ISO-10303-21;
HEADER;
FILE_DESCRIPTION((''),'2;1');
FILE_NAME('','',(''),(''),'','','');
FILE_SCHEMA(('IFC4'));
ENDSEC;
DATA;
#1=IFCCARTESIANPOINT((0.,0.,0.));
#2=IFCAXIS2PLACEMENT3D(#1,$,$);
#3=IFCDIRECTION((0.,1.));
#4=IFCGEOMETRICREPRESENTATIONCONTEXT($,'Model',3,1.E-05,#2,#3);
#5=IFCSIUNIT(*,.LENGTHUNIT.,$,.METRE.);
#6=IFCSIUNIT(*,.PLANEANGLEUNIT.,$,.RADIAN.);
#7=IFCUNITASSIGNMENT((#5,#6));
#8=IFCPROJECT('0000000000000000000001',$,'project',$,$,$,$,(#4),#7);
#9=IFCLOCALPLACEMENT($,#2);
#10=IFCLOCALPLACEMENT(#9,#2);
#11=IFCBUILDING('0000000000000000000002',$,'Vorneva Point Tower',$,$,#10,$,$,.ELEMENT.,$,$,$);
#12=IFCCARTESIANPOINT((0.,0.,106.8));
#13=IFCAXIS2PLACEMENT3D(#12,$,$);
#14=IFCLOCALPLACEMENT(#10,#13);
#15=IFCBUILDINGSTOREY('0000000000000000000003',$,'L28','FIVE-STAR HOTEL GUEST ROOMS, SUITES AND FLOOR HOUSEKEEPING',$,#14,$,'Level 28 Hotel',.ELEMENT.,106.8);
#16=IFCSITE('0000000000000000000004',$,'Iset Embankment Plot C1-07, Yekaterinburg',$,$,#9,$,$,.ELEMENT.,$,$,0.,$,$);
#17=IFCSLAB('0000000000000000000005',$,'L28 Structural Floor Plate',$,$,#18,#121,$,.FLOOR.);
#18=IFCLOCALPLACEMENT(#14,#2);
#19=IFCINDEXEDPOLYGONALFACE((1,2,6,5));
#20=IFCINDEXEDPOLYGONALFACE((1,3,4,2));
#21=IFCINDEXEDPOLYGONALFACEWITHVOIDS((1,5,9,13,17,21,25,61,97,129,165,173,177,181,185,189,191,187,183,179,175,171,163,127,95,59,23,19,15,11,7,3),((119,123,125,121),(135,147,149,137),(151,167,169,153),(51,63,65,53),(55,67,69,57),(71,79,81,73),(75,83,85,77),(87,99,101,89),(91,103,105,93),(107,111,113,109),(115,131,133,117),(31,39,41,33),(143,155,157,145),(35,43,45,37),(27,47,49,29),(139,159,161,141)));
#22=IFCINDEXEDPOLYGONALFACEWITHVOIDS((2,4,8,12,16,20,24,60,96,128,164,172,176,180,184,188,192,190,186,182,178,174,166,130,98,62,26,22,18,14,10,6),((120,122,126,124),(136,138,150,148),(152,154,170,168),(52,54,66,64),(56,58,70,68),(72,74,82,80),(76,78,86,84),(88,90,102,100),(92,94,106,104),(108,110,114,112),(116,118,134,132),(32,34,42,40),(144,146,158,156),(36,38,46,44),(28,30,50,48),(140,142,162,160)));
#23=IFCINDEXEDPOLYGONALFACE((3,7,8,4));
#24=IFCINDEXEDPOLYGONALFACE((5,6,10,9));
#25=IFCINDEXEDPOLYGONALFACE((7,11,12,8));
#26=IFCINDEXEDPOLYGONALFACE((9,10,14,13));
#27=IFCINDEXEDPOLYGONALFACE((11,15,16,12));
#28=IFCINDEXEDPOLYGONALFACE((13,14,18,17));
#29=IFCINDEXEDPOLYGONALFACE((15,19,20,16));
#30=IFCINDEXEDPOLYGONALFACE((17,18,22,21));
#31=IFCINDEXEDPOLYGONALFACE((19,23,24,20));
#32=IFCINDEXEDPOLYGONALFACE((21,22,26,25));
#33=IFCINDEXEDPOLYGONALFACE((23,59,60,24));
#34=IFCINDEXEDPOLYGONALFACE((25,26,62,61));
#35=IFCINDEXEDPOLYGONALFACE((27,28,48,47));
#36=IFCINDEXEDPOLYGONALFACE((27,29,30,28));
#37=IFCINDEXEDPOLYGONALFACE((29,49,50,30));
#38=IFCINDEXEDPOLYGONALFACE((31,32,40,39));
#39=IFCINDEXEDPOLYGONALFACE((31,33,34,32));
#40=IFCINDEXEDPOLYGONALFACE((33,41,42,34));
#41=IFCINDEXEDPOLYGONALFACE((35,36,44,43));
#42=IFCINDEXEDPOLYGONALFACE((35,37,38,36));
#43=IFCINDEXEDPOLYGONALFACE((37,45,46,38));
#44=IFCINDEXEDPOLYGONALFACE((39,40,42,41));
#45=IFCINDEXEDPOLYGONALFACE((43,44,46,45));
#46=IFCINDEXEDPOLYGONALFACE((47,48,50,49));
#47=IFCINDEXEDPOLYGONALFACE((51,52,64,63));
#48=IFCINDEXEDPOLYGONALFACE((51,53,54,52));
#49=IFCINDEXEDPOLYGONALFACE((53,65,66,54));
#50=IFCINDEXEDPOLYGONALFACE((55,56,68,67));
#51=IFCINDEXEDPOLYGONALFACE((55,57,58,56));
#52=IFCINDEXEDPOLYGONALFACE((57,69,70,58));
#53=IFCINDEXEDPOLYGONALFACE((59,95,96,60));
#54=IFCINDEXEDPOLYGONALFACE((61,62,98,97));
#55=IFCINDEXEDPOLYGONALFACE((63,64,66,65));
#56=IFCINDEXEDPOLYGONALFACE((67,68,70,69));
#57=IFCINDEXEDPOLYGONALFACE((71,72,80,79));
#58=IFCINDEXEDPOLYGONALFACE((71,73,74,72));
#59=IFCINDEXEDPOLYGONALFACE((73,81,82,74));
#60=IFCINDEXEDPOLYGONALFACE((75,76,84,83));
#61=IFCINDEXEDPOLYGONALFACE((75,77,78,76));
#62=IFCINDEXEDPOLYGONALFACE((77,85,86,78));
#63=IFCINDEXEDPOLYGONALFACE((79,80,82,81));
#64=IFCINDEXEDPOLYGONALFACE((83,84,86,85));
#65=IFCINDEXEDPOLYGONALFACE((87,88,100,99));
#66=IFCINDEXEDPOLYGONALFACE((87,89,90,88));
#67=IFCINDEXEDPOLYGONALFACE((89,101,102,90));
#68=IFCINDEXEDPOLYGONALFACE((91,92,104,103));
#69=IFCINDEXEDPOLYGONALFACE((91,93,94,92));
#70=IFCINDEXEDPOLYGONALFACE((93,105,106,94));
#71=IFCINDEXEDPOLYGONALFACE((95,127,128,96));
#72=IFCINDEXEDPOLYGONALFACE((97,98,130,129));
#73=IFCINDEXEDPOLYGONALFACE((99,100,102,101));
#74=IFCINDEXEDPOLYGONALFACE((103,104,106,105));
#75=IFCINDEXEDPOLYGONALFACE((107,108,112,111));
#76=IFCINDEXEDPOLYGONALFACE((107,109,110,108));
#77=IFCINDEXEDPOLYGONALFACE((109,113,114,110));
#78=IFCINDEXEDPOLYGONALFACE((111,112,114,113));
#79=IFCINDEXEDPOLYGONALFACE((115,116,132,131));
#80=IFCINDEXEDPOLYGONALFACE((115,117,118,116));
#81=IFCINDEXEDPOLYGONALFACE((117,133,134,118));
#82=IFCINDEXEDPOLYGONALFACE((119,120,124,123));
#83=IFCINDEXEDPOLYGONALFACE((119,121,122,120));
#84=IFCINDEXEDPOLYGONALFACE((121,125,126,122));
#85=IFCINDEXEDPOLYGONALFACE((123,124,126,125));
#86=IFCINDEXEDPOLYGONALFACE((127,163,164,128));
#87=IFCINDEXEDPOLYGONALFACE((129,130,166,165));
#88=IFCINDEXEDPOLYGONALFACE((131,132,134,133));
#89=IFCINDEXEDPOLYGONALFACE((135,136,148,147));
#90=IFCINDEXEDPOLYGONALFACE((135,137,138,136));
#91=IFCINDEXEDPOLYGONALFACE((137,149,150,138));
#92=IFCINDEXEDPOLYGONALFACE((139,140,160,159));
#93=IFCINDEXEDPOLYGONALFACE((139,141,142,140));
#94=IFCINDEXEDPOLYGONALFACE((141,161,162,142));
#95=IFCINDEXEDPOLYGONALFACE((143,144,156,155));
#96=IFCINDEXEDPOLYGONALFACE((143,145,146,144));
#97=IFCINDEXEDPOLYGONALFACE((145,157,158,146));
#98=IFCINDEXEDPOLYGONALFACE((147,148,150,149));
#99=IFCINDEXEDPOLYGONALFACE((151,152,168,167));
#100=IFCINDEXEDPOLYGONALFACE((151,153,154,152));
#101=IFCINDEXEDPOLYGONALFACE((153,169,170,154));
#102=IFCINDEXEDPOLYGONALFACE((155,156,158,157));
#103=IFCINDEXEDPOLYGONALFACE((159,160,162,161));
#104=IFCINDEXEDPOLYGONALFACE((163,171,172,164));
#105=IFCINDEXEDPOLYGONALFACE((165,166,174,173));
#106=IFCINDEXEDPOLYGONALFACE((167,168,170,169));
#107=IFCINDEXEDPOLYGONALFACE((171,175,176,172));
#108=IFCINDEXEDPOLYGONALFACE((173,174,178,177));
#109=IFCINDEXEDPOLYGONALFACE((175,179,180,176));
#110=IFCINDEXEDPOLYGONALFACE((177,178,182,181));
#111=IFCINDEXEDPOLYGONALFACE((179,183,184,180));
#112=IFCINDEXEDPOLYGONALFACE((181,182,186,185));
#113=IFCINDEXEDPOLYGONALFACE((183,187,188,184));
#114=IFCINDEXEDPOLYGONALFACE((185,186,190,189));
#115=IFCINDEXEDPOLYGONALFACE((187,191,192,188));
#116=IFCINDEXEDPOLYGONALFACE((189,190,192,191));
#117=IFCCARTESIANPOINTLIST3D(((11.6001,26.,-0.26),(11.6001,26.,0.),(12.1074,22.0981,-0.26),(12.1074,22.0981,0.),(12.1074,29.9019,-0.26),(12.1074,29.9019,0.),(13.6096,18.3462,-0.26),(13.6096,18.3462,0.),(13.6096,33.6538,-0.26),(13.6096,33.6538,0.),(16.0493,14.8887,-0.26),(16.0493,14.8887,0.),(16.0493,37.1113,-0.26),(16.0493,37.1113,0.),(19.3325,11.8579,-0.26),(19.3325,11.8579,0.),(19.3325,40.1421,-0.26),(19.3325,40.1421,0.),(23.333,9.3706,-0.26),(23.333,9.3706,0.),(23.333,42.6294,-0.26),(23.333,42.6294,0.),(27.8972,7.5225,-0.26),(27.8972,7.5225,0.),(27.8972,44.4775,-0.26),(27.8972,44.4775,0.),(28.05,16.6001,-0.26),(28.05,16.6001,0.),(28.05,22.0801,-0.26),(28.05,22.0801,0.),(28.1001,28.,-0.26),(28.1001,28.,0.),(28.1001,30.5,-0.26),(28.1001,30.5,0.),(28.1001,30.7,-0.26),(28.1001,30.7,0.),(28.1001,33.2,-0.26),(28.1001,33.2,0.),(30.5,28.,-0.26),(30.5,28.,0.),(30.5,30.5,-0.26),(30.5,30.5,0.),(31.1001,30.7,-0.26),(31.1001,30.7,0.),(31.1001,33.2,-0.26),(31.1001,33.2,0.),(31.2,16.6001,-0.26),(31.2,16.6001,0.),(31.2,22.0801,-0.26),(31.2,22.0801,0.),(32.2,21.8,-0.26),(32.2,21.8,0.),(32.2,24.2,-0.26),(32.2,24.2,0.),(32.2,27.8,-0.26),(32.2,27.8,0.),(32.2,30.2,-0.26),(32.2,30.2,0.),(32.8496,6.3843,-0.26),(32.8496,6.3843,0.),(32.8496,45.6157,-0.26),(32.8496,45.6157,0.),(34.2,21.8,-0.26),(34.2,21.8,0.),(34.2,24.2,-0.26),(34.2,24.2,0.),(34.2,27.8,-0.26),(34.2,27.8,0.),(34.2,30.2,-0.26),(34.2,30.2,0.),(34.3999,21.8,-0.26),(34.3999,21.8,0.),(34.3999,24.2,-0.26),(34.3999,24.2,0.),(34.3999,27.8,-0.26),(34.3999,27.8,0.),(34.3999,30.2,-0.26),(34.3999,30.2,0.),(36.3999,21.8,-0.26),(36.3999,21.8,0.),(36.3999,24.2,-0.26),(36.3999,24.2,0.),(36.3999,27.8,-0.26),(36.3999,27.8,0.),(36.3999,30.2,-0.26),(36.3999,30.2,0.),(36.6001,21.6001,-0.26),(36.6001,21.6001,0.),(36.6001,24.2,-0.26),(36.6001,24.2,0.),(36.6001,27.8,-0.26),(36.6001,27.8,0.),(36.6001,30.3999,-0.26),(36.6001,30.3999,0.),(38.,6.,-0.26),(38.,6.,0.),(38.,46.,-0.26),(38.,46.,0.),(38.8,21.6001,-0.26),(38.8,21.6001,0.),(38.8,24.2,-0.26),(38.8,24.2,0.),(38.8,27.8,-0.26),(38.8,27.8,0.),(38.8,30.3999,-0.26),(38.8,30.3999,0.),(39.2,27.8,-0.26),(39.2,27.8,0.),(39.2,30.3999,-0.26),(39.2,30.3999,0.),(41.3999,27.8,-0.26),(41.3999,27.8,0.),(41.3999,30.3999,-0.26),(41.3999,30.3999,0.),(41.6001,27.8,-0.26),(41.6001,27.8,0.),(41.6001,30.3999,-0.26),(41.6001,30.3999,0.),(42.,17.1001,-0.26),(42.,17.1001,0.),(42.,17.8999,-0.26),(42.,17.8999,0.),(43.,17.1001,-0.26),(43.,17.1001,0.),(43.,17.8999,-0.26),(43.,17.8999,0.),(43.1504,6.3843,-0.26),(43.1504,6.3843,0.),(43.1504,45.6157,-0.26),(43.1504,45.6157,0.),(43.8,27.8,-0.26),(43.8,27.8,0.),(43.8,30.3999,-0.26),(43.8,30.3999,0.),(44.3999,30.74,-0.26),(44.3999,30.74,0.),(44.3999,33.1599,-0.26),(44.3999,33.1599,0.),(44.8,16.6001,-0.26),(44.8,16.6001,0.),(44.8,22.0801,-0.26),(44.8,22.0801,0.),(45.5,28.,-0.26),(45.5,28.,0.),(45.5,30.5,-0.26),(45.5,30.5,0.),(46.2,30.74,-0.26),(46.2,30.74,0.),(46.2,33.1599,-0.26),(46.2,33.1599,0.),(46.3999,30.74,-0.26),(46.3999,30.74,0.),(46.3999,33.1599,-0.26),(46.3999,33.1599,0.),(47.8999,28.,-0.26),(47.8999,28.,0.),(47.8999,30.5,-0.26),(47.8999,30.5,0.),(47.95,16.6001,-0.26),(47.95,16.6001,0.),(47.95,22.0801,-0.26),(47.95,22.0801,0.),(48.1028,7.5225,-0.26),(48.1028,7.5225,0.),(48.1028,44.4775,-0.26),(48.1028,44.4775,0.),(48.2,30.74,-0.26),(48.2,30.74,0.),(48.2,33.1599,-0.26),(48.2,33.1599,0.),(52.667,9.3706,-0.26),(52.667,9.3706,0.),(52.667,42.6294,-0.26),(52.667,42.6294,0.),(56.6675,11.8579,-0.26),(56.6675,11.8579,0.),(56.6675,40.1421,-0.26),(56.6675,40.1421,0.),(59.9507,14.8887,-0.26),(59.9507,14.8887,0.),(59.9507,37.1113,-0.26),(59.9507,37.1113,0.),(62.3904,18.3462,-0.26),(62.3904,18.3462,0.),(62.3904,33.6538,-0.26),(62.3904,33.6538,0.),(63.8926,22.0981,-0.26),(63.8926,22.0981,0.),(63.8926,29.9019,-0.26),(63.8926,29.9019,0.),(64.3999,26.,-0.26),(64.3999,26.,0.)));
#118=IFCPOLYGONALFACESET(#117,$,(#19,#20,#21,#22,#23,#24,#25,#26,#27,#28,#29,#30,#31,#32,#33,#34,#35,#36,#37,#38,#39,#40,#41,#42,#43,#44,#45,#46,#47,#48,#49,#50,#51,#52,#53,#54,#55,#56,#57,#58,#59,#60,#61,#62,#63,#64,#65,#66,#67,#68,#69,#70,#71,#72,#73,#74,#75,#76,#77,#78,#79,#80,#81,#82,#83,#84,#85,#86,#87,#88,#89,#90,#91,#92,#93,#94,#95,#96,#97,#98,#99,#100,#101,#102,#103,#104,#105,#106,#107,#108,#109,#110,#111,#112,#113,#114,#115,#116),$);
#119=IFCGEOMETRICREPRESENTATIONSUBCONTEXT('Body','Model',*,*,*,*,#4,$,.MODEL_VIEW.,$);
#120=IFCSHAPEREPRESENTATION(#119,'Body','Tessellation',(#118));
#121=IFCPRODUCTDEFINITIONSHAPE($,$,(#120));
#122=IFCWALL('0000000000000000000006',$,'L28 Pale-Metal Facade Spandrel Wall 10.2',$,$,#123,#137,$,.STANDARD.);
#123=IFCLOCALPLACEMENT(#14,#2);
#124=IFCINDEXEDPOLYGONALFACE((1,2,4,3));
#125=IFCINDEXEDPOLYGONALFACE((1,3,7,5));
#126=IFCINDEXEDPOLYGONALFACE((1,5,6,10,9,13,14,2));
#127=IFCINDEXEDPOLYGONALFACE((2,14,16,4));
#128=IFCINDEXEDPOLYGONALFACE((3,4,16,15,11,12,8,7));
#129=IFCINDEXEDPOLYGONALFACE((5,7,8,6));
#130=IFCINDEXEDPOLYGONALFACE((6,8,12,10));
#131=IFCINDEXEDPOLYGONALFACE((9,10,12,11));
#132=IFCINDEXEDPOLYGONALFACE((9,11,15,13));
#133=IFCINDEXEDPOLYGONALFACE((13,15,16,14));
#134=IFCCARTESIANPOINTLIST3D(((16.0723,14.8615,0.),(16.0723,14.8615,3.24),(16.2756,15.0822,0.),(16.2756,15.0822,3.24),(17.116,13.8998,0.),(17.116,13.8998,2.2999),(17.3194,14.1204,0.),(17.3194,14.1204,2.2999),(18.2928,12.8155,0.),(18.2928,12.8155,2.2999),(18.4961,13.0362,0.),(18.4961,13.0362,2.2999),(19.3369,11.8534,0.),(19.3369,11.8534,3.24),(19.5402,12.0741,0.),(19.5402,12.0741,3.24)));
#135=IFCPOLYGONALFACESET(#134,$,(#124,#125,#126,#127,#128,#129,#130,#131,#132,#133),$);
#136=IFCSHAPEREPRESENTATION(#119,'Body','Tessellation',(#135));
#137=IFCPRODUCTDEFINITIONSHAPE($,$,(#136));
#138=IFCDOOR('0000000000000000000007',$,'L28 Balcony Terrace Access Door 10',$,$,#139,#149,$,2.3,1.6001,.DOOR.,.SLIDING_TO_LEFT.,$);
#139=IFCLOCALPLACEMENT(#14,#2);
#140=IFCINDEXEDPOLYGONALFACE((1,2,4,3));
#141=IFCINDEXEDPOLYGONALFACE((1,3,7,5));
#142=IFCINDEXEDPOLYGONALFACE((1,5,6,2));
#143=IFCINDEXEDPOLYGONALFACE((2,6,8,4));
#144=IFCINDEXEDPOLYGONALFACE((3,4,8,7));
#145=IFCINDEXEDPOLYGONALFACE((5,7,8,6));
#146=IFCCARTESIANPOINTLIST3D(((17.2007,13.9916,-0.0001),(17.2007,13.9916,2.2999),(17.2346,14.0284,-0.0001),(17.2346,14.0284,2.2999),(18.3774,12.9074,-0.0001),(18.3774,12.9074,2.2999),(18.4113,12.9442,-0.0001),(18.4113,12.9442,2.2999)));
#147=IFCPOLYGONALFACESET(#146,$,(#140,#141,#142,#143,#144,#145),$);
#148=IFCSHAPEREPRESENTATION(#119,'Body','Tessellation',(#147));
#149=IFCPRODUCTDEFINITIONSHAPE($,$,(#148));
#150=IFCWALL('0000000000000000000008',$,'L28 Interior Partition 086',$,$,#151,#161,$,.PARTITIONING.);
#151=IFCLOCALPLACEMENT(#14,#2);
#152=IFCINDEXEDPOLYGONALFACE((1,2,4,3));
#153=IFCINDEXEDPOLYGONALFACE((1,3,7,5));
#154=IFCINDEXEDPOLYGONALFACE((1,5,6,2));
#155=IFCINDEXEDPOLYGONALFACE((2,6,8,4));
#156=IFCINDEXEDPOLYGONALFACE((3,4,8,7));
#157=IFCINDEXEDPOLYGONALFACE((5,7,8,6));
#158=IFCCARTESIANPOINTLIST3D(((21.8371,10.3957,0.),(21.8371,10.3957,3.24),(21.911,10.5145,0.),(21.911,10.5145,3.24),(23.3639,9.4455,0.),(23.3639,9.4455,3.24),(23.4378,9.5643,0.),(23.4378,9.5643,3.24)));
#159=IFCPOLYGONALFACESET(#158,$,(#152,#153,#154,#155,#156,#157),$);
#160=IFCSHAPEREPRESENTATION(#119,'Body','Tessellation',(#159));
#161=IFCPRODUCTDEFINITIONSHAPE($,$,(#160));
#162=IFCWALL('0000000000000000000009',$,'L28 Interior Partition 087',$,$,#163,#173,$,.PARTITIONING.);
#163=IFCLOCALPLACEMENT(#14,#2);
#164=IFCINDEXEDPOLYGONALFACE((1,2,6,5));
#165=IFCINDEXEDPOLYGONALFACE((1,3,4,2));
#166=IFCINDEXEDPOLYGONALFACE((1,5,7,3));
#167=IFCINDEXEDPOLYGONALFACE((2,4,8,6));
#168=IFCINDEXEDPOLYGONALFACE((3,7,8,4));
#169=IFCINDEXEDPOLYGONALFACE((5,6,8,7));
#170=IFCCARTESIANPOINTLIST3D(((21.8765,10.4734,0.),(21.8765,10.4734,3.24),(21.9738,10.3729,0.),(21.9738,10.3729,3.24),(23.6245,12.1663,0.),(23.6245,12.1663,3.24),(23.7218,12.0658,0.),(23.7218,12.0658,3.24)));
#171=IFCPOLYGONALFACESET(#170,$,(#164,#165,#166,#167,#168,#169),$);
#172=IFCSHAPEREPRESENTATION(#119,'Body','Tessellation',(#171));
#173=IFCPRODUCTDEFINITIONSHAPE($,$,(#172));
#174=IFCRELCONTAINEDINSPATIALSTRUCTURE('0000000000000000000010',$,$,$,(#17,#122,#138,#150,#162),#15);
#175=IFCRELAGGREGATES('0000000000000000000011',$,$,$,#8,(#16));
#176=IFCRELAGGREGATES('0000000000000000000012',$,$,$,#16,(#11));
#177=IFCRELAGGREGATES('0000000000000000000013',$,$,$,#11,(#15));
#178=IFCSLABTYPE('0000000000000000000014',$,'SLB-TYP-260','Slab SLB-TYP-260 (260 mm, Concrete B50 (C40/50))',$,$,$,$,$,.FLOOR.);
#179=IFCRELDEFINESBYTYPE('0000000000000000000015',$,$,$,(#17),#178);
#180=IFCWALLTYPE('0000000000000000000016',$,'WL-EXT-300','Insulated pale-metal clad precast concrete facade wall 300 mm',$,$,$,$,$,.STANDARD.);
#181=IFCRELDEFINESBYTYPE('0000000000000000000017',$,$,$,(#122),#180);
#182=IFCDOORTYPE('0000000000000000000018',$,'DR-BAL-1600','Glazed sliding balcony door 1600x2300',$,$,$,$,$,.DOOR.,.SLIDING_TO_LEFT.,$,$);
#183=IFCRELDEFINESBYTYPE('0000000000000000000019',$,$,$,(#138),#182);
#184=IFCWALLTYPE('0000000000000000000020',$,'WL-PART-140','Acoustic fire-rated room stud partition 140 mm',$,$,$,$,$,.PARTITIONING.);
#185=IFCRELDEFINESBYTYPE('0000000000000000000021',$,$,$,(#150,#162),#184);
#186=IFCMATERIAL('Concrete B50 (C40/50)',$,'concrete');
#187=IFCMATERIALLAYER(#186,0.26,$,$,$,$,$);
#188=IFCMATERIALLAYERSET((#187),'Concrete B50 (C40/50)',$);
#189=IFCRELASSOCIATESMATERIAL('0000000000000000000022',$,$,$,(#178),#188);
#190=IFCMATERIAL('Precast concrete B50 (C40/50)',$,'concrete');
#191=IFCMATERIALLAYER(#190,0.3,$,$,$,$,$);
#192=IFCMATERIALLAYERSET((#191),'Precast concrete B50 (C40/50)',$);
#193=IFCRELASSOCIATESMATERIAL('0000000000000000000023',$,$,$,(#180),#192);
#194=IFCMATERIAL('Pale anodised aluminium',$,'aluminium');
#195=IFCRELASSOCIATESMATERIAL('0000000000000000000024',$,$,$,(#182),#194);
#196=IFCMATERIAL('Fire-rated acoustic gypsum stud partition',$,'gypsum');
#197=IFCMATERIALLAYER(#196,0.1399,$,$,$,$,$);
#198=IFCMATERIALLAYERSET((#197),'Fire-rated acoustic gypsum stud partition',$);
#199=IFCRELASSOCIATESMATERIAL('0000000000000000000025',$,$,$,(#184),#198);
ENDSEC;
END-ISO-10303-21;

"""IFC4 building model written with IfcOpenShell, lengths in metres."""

from ifc_helpers import new_model, si_unit, direction, frame, frame_2d, origin, place, context, subcontext, project, spatial, polyline, rectangle, outline, extrude, material, layer, layer_set, type_object, element, fill, save


model = new_model("IFC4")

# Units and contexts
model_context = context("Model", 3, precision=1e-05, world=origin(), true_north=direction((0.0, 1.0)))
body_context = subcontext(model_context, "Body", "Model", "MODEL_VIEW")
ifc_project = project(units=[si_unit("LENGTHUNIT", "METRE"), si_unit("PLANEANGLEUNIT", "RADIAN")], contexts=[model_context])

# Site, building, storey
site_placement = place(None, origin())
site = spatial("IfcSite", under=ifc_project, at=site_placement, Name="Iset Embankment Plot C1-07, Yekaterinburg", CompositionType="ELEMENT", RefElevation=0.0)
building_placement = place(site_placement, origin())
building = spatial("IfcBuilding", under=site, at=building_placement, Name="Vorneva Point Tower", CompositionType="ELEMENT")
storey_placement = place(building_placement, frame((0.0, 0.0, 106.8)))
storey = spatial("IfcBuildingStorey", under=building, at=storey_placement, Name="L28", Description="FIVE-STAR HOTEL GUEST ROOMS, SUITES AND FLOOR HOUSEKEEPING", LongName="Level 28 Hotel", CompositionType="ELEMENT", Elevation=106.8)

# Shared definitions
ifc_material_1 = material(Name="Pale anodised aluminium", Category="aluminium")

# Shared definitions
ifc_material_2 = material(Name="Concrete B50 (C40/50)", Category="concrete")

# Slab
ifc_layer_1 = layer(ifc_material_2, 0.26)
ifc_layer_set_1 = layer_set([ifc_layer_1], Name="Concrete B50 (C40/50)")
slab_type_1 = type_object("IfcSlabType", Name="SLB-TYP-260", Description="Slab SLB-TYP-260 (260 mm, Concrete B50 (C40/50))", PredefinedType="FLOOR", material=ifc_layer_set_1)
slab_1_placement = place(storey_placement, frame((0.0, 0.0, -0.26)))
element("IfcSlab", 1, at=slab_1_placement, inside=storey, type_object=slab_type_1, Name="L28 Structural Floor Plate", PredefinedType="FLOOR", context=body_context, shape_type="SweptSolid", body=[
    extrude(outline(polyline([(64.3999, 26.0), (63.8926, 29.9019), (62.3904, 33.6538), (59.9507, 37.1113), (56.6675, 40.1421), (52.667, 42.6294), (48.1028, 44.4775), (43.1504, 45.6157), (38.0, 46.0), (32.8496, 45.6157), (27.8972, 44.4775), (23.333, 42.6294), (19.3325, 40.1421), (16.0493, 37.1113), (13.6096, 33.6538), (12.1074, 29.9019), (11.6001, 26.0), (12.1074, 22.0981), (13.6096, 18.3462), (16.0493, 14.8887), (19.3325, 11.8579), (23.333, 9.3706), (27.8972, 7.5225), (32.8496, 6.3843), (38.0, 6.0), (43.1504, 6.3843), (48.1028, 7.5225), (52.667, 9.3706), (56.6675, 11.8579), (59.9507, 14.8887), (62.3904, 18.3462), (63.8926, 22.0981), (64.3999, 26.0)]), holes=[polyline([(32.2, 27.8), (34.2, 27.8), (34.2, 30.2), (32.2, 30.2), (32.2, 27.8)]), polyline([(34.3999, 27.8), (36.3999, 27.8), (36.3999, 30.2), (34.3999, 30.2), (34.3999, 27.8)]), polyline([(36.6001, 27.8), (38.8, 27.8), (38.8, 30.3999), (36.6001, 30.3999), (36.6001, 27.8)]), polyline([(32.2, 21.8), (34.2, 21.8), (34.2, 24.2), (32.2, 24.2), (32.2, 21.8)]), polyline([(34.3999, 21.8), (36.3999, 21.8), (36.3999, 24.2), (34.3999, 24.2), (34.3999, 21.8)]), polyline([(36.6001, 21.6001), (38.8, 21.6001), (38.8, 24.2), (36.6001, 24.2), (36.6001, 21.6001)]), polyline([(39.2, 27.8), (41.3999, 27.8), (41.3999, 30.3999), (39.2, 30.3999), (39.2, 27.8)]), polyline([(41.6001, 27.8), (43.8, 27.8), (43.8, 30.3999), (41.6001, 30.3999), (41.6001, 27.8)]), polyline([(44.3999, 30.74), (46.2, 30.74), (46.2, 33.1599), (44.3999, 33.1599), (44.3999, 30.74)]), polyline([(46.3999, 30.74), (48.2, 30.74), (48.2, 33.1599), (46.3999, 33.1599), (46.3999, 30.74)]), polyline([(28.1001, 28.0), (30.5, 28.0), (30.5, 30.5), (28.1001, 30.5), (28.1001, 28.0)]), polyline([(45.5, 28.0), (47.8999, 28.0), (47.8999, 30.5), (45.5, 30.5), (45.5, 28.0)]), polyline([(28.1001, 30.7), (31.1001, 30.7), (31.1001, 33.2), (28.1001, 33.2), (28.1001, 30.7)]), polyline([(28.05, 16.6001), (31.2, 16.6001), (31.2, 22.0801), (28.05, 22.0801), (28.05, 16.6001)]), polyline([(44.8, 16.6001), (47.95, 16.6001), (47.95, 22.0801), (44.8, 22.0801), (44.8, 16.6001)]), polyline([(42.0, 17.1001), (43.0, 17.1001), (43.0, 17.8999), (42.0, 17.8999), (42.0, 17.1001)])]), origin(), (0.0, 0.0, 1.0), 0.26),
])

# Wall, opening, door
ifc_material_3 = material(Name="Precast concrete B50 (C40/50)", Category="concrete")
ifc_layer_2 = layer(ifc_material_3, 0.3)
ifc_layer_set_2 = layer_set([ifc_layer_2], Name="Precast concrete B50 (C40/50)")
wall_type_1 = type_object("IfcWallType", Name="WL-EXT-300", Description="Insulated pale-metal clad precast concrete facade wall 300 mm", PredefinedType="STANDARD", material=ifc_layer_set_2)
wall_1_placement = place(storey_placement, frame((16.1738, 14.9719, 0.0), z_axis=(0.0, 0.0, 1.0), x_axis=(0.735417, -0.677615, 0.0)))
wall_1 = element("IfcWall", 2, at=wall_1_placement, inside=storey, type_object=wall_type_1, Name="L28 Pale-Metal Facade Spandrel Wall 10.2", PredefinedType="STANDARD", context=body_context, shape_type="SweptSolid", body=[
    extrude(rectangle(XDim=4.4392, YDim=0.3, at=frame_2d((2.2197, 0.0))), origin(), (0.0, 0.0, 1.0), 3.24),
])
opening_1_placement = place(wall_1_placement, frame((1.4194, 0.0, 0.0)))
opening_1 = element("IfcOpeningElement", 3, at=opening_1_placement, cuts=wall_1, PredefinedType="OPENING", context=body_context, shape_type="SweptSolid", body=[
    extrude(rectangle(XDim=1.6001, YDim=2.3, at=frame_2d((0.8, 1.1499))), frame((0.0, 0.165, 0.0), z_axis=(0.0, -1.0, 0.0), x_axis=(1.0, 0.0, 0.0)), (0.0, 0.0, 1.0), 0.3298),
])
door_type_1 = type_object("IfcDoorType", Name="DR-BAL-1600", Description="Glazed sliding balcony door 1600x2300", OperationType="SLIDING_TO_LEFT", PredefinedType="DOOR", material=ifc_material_1)
door_1_placement = place(opening_1_placement, origin())
door_1 = element("IfcDoor", 4, at=door_1_placement, inside=storey, type_object=door_type_1, Name="L28 Balcony Terrace Access Door 10", OperationType="SLIDING_TO_LEFT", OverallHeight=2.3, OverallWidth=1.6001, PredefinedType="DOOR", context=body_context, shape_type="SweptSolid", body=[
    extrude(rectangle(XDim=1.6001, YDim=2.3, at=frame_2d((0.8, 1.1499))), frame((0.0, 0.0249, 0.0), z_axis=(0.0, -1.0, 0.0), x_axis=(1.0, 0.0, 0.0)), (0.0, 0.0, 1.0), 0.05),
])
fill(opening_1, door_1)

# Walls
ifc_material_4 = material(Name="Fire-rated acoustic gypsum stud partition", Category="gypsum")
ifc_layer_3 = layer(ifc_material_4, 0.1399)
ifc_layer_set_3 = layer_set([ifc_layer_3], Name="Fire-rated acoustic gypsum stud partition")
wall_type_2 = type_object("IfcWallType", Name="WL-PART-140", Description="Acoustic fire-rated room stud partition 140 mm", PredefinedType="PARTITIONING", material=ifc_layer_set_3)
wall_2_placement = place(storey_placement, frame((21.874, 10.4551, 0.0), z_axis=(0.0, 0.0, 1.0), x_axis=(0.849019, -0.528363, 0.0)))
element("IfcWall", 5, at=wall_2_placement, inside=storey, type_object=wall_type_2, Name="L28 Interior Partition 086", PredefinedType="PARTITIONING", context=body_context, shape_type="SweptSolid", body=[
    extrude(rectangle(XDim=1.7983, YDim=0.1399, at=frame_2d((0.8992, 0.0))), origin(), (0.0, 0.0, 1.0), 3.24),
])
wall_3_placement = place(storey_placement, frame((21.925, 10.4231, 0.0), z_axis=(0.0, 0.0, 1.0), x_axis=(0.718353, 0.695679, 0.0)))
element("IfcWall", 6, at=wall_3_placement, inside=storey, type_object=wall_type_2, Name="L28 Interior Partition 087", PredefinedType="PARTITIONING", context=body_context, shape_type="SweptSolid", body=[
    extrude(rectangle(XDim=2.4333, YDim=0.1399, at=frame_2d((1.2168, 0.0))), origin(), (0.0, 0.0, 1.0), 3.24),
])

save(model, "model.ifc")
